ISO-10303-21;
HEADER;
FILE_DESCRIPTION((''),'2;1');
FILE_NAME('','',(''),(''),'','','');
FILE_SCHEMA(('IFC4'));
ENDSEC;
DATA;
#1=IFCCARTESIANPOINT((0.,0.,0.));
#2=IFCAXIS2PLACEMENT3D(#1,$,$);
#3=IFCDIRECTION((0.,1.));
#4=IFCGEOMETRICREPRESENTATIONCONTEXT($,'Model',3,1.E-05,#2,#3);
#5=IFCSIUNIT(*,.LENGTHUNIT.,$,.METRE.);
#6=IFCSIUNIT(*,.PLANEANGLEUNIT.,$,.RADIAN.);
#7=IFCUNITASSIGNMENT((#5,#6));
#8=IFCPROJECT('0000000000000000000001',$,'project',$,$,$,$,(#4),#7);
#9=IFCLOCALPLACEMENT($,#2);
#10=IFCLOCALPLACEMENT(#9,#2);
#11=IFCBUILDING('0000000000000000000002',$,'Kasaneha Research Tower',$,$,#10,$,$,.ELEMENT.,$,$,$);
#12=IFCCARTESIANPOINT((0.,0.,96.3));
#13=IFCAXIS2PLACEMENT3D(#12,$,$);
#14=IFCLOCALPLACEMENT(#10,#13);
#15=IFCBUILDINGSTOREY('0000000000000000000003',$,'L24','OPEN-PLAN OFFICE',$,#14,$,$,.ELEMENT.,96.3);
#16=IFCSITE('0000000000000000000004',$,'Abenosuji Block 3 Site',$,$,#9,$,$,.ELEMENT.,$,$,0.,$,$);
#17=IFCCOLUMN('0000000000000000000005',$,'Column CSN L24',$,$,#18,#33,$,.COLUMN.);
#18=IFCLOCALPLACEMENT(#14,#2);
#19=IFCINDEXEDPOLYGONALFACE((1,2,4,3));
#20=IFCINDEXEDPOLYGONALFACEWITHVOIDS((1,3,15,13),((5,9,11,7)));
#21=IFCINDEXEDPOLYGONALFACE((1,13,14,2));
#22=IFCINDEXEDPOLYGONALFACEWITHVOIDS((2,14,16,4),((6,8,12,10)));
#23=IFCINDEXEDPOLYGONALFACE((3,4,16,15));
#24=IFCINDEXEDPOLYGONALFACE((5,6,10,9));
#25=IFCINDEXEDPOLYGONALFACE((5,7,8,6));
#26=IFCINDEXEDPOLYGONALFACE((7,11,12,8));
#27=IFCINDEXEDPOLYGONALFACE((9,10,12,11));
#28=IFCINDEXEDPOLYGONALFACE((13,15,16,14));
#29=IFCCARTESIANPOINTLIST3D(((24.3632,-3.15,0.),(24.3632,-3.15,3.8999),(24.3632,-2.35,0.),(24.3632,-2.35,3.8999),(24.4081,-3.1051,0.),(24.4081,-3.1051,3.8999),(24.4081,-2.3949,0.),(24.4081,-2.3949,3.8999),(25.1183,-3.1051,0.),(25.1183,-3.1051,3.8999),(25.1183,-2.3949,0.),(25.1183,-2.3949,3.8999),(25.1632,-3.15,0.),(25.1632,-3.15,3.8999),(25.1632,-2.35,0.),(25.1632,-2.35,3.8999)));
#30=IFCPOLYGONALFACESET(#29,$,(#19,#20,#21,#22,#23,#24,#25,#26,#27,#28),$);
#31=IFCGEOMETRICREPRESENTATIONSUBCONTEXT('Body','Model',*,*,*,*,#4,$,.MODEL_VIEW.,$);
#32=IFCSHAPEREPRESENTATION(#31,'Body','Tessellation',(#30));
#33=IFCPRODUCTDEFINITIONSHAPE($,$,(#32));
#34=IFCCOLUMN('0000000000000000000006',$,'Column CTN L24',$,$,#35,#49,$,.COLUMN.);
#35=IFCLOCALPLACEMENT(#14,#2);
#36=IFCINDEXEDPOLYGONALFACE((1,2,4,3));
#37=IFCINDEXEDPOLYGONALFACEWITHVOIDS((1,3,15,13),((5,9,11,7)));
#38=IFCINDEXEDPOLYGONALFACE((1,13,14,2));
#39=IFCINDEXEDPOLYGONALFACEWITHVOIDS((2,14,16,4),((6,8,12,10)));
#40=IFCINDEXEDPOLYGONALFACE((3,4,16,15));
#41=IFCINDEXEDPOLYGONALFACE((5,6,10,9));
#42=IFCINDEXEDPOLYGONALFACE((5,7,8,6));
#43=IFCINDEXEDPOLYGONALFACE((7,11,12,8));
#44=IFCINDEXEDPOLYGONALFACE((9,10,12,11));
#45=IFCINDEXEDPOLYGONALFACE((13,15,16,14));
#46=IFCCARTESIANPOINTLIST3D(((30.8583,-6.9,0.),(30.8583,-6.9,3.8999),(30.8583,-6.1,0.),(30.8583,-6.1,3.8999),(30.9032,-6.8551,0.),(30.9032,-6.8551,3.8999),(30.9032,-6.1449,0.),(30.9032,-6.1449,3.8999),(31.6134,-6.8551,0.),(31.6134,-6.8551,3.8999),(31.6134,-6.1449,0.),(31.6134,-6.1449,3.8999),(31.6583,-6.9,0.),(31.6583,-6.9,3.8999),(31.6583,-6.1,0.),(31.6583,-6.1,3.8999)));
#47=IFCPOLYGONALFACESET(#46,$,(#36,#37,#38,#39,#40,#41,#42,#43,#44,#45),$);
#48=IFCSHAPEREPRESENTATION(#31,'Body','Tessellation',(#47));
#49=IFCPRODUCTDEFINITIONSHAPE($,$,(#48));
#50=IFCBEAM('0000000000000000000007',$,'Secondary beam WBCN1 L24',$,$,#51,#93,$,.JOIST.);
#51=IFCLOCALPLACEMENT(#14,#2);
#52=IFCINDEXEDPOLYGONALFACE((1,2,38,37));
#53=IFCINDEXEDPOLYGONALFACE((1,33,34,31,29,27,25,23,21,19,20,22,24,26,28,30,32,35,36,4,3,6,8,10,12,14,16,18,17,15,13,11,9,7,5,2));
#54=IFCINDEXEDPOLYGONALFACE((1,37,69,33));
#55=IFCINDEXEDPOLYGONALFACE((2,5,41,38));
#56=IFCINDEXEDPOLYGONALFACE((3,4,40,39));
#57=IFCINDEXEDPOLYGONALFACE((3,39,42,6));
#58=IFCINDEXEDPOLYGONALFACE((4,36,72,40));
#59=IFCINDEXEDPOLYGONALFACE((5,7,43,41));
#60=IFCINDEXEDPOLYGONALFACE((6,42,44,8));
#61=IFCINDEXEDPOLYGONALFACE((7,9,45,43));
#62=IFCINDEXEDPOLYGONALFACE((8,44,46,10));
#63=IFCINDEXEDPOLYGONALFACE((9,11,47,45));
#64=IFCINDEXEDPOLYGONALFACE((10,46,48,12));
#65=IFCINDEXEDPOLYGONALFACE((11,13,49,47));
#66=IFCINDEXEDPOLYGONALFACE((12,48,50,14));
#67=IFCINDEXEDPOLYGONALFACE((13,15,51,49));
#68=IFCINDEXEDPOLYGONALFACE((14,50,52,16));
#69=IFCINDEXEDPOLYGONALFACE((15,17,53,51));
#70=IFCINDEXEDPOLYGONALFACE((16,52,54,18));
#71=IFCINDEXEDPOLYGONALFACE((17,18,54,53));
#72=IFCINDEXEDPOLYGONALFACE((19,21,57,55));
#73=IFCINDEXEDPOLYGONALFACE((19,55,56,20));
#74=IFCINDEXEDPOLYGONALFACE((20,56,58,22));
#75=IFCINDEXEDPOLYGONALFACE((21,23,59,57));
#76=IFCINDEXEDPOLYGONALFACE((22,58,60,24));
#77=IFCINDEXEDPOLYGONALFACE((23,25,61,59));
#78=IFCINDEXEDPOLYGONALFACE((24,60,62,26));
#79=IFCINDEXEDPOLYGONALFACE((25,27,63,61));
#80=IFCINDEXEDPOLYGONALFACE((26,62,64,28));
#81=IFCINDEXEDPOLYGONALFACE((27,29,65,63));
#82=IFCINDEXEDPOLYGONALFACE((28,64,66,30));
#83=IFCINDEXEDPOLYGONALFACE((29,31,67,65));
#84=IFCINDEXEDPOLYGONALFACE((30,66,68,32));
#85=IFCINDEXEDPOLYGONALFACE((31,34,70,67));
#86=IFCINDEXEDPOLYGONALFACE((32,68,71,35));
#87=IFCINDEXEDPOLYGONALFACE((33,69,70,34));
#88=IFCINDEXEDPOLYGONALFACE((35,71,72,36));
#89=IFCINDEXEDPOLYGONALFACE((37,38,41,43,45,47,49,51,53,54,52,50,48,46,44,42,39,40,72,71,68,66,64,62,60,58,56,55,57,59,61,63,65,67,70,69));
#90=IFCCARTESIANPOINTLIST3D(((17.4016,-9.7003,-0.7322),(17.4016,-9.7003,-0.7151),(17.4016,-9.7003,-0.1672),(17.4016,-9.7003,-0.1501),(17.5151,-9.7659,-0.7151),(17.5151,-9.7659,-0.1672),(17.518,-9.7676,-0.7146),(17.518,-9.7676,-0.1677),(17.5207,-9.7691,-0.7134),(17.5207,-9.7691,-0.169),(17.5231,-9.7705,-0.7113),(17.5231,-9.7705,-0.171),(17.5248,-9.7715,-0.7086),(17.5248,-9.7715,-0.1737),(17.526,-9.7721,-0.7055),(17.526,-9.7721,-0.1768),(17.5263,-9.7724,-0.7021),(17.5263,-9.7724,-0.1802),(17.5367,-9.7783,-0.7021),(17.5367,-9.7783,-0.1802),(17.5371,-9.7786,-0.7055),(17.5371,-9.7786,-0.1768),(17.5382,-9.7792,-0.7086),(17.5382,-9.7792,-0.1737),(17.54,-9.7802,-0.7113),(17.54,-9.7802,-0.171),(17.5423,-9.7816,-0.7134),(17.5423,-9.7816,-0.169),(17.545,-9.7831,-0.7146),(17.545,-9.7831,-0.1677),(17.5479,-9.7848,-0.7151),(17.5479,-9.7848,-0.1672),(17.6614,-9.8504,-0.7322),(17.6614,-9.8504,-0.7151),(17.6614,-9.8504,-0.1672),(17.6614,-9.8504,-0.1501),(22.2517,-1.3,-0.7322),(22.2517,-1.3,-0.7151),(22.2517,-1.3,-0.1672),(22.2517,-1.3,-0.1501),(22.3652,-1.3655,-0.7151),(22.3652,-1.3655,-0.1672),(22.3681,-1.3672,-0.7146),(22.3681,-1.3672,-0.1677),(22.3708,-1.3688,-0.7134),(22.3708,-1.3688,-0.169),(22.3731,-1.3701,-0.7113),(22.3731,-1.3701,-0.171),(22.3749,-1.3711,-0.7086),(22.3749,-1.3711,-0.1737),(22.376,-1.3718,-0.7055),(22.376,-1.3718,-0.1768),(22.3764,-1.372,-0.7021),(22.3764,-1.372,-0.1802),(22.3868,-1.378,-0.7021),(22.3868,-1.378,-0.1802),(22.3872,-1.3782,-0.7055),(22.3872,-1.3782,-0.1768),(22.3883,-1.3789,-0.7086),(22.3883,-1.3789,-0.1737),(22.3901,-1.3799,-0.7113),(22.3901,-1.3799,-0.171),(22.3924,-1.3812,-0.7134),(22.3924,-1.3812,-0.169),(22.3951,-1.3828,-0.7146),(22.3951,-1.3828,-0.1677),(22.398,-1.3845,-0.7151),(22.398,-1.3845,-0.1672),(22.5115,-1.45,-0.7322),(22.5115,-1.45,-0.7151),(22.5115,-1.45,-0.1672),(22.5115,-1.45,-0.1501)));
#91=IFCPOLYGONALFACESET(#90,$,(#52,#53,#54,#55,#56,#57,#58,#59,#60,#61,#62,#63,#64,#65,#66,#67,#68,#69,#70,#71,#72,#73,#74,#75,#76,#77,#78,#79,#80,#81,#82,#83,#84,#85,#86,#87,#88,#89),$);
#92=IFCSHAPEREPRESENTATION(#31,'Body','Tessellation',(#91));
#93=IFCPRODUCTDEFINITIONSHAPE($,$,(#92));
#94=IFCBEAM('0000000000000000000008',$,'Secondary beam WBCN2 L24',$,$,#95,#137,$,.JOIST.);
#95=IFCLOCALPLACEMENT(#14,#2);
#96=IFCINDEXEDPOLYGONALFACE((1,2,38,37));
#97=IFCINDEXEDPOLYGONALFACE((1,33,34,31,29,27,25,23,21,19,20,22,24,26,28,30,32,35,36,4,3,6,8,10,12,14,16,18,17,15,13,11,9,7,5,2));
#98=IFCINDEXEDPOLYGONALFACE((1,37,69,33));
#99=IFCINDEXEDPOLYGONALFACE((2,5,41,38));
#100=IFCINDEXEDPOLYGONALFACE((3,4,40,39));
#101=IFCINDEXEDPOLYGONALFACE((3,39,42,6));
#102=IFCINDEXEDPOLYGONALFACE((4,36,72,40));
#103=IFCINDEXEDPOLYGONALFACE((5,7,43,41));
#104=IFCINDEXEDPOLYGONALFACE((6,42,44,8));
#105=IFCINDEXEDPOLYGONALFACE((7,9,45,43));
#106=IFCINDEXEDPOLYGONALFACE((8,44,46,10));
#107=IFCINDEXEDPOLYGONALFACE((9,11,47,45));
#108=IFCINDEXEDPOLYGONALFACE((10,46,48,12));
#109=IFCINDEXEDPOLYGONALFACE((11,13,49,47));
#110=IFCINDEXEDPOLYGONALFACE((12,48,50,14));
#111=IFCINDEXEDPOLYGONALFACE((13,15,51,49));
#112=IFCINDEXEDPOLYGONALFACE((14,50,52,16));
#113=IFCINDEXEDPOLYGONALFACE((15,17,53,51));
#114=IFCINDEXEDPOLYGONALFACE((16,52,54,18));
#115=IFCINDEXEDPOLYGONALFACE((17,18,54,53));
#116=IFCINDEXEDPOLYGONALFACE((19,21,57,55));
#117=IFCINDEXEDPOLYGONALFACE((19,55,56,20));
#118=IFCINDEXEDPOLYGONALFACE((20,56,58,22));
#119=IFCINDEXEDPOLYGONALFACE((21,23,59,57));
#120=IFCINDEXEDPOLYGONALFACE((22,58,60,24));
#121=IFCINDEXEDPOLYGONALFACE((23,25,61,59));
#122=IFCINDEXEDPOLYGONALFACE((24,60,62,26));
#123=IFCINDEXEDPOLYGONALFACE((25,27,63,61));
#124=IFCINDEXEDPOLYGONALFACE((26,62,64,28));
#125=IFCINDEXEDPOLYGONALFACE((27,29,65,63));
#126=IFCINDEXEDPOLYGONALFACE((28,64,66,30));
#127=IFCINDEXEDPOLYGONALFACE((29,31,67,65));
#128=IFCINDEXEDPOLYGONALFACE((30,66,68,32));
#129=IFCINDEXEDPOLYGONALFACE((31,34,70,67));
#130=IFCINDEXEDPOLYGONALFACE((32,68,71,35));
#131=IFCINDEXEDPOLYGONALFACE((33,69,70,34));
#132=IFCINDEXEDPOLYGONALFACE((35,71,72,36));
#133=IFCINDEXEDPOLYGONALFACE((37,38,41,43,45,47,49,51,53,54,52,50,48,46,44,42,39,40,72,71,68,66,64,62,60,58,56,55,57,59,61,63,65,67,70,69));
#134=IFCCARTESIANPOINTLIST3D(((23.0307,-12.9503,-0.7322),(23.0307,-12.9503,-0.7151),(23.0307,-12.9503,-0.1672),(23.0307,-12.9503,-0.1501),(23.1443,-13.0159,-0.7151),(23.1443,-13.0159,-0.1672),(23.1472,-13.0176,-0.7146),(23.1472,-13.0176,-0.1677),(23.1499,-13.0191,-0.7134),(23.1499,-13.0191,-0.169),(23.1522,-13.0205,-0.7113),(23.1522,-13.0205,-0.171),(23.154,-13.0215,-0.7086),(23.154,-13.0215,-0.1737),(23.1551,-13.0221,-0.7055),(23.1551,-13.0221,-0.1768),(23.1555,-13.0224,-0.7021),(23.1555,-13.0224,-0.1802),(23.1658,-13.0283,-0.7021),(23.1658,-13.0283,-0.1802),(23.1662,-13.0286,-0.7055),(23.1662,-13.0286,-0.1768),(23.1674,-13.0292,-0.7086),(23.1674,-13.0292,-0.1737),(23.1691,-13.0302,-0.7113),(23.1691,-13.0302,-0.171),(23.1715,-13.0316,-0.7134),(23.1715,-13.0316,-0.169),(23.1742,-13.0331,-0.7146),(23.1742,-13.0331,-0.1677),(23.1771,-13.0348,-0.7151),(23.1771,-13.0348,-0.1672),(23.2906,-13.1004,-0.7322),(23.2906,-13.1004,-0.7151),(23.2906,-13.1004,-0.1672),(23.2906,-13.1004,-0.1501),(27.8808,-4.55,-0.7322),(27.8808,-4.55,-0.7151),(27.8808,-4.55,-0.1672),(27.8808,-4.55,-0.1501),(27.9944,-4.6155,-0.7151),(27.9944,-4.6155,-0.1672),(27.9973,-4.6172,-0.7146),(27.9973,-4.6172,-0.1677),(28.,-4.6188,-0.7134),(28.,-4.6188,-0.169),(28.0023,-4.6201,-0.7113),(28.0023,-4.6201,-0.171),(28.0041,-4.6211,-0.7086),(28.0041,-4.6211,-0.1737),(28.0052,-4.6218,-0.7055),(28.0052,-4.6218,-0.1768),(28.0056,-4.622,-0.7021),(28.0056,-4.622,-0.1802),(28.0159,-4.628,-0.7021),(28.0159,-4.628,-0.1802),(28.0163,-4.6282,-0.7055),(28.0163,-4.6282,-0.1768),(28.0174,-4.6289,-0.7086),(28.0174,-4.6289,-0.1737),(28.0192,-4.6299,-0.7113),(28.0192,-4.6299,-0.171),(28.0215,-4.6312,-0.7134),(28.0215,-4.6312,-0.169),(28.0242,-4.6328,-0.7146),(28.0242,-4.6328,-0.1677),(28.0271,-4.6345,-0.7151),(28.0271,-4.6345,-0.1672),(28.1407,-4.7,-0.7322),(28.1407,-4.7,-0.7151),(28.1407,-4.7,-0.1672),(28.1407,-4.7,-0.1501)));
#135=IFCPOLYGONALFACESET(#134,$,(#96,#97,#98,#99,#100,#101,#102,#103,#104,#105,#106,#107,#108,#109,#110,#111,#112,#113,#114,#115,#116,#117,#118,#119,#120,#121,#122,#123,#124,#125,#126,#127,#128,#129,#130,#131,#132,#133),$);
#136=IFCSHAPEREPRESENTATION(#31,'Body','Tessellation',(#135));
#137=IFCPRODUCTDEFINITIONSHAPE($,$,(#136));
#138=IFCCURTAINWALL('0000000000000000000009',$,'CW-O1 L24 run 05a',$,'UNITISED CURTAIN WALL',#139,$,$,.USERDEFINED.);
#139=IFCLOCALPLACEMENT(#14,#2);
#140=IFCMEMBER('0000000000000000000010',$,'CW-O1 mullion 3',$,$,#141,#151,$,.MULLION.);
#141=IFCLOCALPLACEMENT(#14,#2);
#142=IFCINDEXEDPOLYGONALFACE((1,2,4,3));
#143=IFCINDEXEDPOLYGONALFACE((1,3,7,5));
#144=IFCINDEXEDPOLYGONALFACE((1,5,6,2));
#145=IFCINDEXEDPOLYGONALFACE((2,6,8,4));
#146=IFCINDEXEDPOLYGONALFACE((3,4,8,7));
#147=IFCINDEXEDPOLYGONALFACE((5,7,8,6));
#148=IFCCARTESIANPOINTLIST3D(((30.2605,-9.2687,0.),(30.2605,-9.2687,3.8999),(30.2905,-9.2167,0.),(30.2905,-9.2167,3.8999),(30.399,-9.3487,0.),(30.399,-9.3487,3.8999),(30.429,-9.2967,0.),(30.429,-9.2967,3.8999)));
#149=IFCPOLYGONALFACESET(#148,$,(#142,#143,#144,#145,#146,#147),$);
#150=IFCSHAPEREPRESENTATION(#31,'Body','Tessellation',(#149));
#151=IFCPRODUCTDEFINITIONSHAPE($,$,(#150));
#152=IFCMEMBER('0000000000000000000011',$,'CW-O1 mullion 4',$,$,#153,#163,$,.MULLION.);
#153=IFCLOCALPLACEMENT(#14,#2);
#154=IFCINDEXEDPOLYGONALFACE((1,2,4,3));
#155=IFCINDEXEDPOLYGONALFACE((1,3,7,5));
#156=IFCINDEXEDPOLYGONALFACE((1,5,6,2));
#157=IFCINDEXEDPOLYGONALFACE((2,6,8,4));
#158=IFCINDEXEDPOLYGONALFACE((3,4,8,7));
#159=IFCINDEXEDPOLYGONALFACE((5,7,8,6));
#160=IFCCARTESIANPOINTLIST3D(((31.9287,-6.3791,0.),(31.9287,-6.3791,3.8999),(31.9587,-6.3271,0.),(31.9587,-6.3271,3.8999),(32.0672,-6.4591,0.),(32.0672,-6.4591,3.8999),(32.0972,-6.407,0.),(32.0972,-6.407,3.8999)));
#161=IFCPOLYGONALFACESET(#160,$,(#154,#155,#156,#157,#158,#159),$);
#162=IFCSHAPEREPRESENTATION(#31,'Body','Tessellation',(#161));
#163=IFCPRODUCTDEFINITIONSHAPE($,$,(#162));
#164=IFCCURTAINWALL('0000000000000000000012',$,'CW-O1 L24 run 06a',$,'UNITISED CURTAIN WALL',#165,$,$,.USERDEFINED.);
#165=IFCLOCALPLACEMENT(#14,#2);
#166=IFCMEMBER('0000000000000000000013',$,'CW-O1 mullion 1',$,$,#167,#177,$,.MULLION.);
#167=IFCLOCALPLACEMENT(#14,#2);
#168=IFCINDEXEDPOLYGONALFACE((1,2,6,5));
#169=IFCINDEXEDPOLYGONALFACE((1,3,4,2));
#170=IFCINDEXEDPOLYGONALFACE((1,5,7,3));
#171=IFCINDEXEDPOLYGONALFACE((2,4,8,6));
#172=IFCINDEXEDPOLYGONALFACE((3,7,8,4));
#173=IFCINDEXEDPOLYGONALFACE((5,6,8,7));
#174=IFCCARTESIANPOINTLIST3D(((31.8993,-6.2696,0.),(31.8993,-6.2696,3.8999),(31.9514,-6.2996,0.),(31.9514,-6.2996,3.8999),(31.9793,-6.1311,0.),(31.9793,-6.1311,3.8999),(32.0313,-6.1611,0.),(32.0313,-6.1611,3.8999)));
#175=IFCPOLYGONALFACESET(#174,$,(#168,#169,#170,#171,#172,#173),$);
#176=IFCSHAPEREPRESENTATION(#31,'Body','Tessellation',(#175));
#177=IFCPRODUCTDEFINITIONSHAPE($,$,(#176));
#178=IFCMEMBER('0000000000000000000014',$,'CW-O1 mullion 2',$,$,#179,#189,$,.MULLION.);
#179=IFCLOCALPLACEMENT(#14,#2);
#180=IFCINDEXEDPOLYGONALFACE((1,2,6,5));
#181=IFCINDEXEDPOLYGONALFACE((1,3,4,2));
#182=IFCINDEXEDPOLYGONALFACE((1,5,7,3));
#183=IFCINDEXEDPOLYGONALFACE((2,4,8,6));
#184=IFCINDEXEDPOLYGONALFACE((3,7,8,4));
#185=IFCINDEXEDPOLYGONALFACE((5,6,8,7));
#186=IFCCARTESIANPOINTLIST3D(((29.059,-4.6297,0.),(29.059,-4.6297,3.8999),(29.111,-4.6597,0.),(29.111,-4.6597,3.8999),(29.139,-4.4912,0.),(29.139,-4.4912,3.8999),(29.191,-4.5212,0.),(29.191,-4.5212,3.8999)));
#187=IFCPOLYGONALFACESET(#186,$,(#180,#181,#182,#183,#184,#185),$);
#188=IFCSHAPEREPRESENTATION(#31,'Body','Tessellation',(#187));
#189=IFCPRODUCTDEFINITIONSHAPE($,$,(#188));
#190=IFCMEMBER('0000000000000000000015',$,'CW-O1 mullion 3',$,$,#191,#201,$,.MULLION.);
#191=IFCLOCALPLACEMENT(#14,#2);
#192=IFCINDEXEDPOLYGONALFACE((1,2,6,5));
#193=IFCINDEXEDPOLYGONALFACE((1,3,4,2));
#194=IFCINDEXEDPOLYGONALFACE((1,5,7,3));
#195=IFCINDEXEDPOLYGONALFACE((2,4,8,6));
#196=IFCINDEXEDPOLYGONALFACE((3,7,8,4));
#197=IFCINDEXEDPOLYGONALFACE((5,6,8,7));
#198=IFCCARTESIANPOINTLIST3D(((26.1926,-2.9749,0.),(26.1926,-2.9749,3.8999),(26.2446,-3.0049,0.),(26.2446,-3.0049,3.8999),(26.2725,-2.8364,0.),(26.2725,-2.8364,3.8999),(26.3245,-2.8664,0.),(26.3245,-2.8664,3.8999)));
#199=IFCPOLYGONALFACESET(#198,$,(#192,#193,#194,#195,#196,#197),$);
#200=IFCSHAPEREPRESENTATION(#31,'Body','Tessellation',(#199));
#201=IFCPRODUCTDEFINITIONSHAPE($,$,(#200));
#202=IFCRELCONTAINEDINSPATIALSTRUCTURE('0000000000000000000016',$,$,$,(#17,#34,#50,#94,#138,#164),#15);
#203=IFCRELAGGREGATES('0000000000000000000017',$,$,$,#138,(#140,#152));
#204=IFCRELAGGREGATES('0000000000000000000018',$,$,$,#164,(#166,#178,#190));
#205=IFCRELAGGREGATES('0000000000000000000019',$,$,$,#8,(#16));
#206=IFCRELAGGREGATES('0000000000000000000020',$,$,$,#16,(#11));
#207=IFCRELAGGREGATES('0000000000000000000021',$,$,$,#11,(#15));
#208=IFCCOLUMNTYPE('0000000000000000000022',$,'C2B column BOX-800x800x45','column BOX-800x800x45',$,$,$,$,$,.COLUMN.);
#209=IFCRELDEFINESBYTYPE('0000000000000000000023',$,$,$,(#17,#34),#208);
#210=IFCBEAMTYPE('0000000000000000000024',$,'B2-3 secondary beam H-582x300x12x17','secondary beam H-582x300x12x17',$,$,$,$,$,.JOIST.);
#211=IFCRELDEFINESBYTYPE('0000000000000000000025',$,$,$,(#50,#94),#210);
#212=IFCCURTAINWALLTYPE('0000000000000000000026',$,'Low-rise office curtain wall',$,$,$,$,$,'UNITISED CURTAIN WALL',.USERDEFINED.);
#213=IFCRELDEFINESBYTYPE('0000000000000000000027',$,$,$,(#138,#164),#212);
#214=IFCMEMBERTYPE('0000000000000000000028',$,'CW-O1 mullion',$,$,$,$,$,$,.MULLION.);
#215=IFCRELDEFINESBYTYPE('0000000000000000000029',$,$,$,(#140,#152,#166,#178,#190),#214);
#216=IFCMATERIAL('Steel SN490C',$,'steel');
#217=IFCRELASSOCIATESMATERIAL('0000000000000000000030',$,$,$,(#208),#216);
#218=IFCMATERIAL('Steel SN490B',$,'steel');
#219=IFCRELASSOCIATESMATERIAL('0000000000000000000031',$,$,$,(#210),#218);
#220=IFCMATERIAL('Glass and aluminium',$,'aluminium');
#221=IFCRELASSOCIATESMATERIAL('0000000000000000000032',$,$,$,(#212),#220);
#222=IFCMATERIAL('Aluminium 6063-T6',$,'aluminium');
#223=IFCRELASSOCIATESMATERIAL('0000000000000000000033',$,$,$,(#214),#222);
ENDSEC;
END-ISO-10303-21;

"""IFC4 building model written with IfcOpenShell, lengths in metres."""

from ifc_helpers import new_model, si_unit, direction, frame, origin, origin_2d, place, context, subcontext, project, spatial, rectangle, hollow_rectangle, i_section, extrude, material, material_profile, profile_set, type_object, element, aggregate, save


model = new_model("IFC4")

# Units and contexts
model_context = context("Model", 3, precision=1e-05, world=origin(), true_north=direction((0.0, 1.0)))
body_context = subcontext(model_context, "Body", "Model", "MODEL_VIEW")
ifc_project = project(units=[si_unit("LENGTHUNIT", "METRE"), si_unit("PLANEANGLEUNIT", "RADIAN")], contexts=[model_context])

# Site, building, storey
site_placement = place(None, origin())
site = spatial("IfcSite", under=ifc_project, at=site_placement, Name="Abenosuji Block 3 Site", CompositionType="ELEMENT", RefElevation=0.0)
building_placement = place(site_placement, origin())
building = spatial("IfcBuilding", under=site, at=building_placement, Name="Kasaneha Research Tower", CompositionType="ELEMENT")
storey_placement = place(building_placement, frame((0.0, 0.0, 96.3)))
storey = spatial("IfcBuildingStorey", under=building, at=storey_placement, Name="L24", Description="OPEN-PLAN OFFICE", CompositionType="ELEMENT", Elevation=96.3)

# Columns
ifc_material_1 = material(Name="Steel SN490C", Category="steel")
ifc_material_profile_1 = material_profile(ifc_material_1, hollow_rectangle(XDim=0.8, YDim=0.8, WallThickness=0.0449, at=origin_2d()), Name="BOX-800x800x45")
ifc_profile_set_1 = profile_set([ifc_material_profile_1], Name="Steel SN490C")
column_type = type_object("IfcColumnType", Name="C2B column BOX-800x800x45", Description="column BOX-800x800x45", PredefinedType="COLUMN", material=ifc_profile_set_1)
for number, where, z_axis, x_axis, name in (
    (1, (24.7632, -2.75, 0.0), (0.0, 0.0, 1.0), (1.0, 0.0, 0.0), "Column CSN L24"),
    (2, (31.2583, -6.5, 0.0), (0.0, 0.0, 1.0), (1.0, 0.0, 0.0), "Column CTN L24"),
):
    element("IfcColumn", number, at=place(storey_placement, frame(where, z_axis=z_axis, x_axis=x_axis)), inside=storey, type_object=column_type, Name=name, PredefinedType="COLUMN", context=body_context, shape_type="SweptSolid", body=[
        extrude(hollow_rectangle(XDim=0.8, YDim=0.8, WallThickness=0.0449, at=origin_2d()), origin(), (0.0, 0.0, 1.0), 3.8999),
    ])

# Beams
ifc_material_2 = material(Name="Steel SN490B", Category="steel")
ifc_material_profile_2 = material_profile(ifc_material_2, i_section(OverallWidth=0.3, OverallDepth=0.582, WebThickness=0.012, FlangeThickness=0.0171, FilletRadius=0.0129, at=origin_2d()), Name="H-582x300x12x17")
ifc_profile_set_2 = profile_set([ifc_material_profile_2], Name="Steel SN490B")
beam_type_1 = type_object("IfcBeamType", Name="B2-3 secondary beam H-582x300x12x17", Description="secondary beam H-582x300x12x17", PredefinedType="JOIST", material=ifc_profile_set_2)
for number, where, z_axis, x_axis, name in (
    (3, (22.3816, -1.375, -0.4412), (-0.50001, -0.86602, 0.0), (0.86602, -0.50001, 0.0), "Secondary beam WBCN1 L24"),
    (4, (28.0107, -4.625, -0.4412), (-0.50001, -0.86602, 0.0), (0.86602, -0.50001, 0.0), "Secondary beam WBCN2 L24"),
):
    element("IfcBeam", number, at=place(storey_placement, frame(where, z_axis=z_axis, x_axis=x_axis)), inside=storey, type_object=beam_type_1, Name=name, PredefinedType="JOIST", context=body_context, shape_type="SweptSolid", body=[
        extrude(i_section(OverallWidth=0.3, OverallDepth=0.582, WebThickness=0.012, FlangeThickness=0.0171, FilletRadius=0.0129, at=origin_2d()), origin(), (0.0, 0.0, 1.0), 9.7),
    ])

# Curtain walls, members
ifc_material_3 = material(Name="Glass and aluminium", Category="aluminium")
curtain_wall_type = type_object("IfcCurtainWallType", Name="Low-rise office curtain wall", ElementType="UNITISED CURTAIN WALL", PredefinedType="USERDEFINED", material=ifc_material_3)
curtain_wall_1_placement = place(storey_placement, origin())
curtain_wall_1 = element("IfcCurtainWall", 5, at=curtain_wall_1_placement, inside=storey, type_object=curtain_wall_type, Name="CW-O1 L24 run 05a", ObjectType="UNITISED CURTAIN WALL", PredefinedType="USERDEFINED")
ifc_material_4 = material(Name="Aluminium 6063-T6", Category="aluminium")
ifc_material_profile_3 = material_profile(ifc_material_4, rectangle(XDim=0.0601, YDim=0.1599, at=origin_2d()), Name="CW-O1 mullion 60x160")
ifc_profile_set_3 = profile_set([ifc_material_profile_3], Name="Aluminium 6063-T6")
member_type_1 = type_object("IfcMemberType", Name="CW-O1 mullion", PredefinedType="MULLION", material=ifc_profile_set_3)
member_1_placement = place(storey_placement, frame((30.3447, -9.2827, 0.0), z_axis=(0.0, 0.0, 1.0), x_axis=(0.5, 0.866025, 0.0)))
member_1 = element("IfcMember", 6, at=member_1_placement, type_object=member_type_1, Name="CW-O1 mullion 3", PredefinedType="MULLION", context=body_context, shape_type="SweptSolid", body=[
    extrude(rectangle(XDim=0.0601, YDim=0.1599, at=origin_2d()), origin(), (0.0, 0.0, 1.0), 3.8999),
])
member_2_placement = place(storey_placement, frame((32.0129, -6.3931, 0.0), z_axis=(0.0, 0.0, 1.0), x_axis=(0.5, 0.866025, 0.0)))
member_2 = element("IfcMember", 7, at=member_2_placement, type_object=member_type_1, Name="CW-O1 mullion 4", PredefinedType="MULLION", context=body_context, shape_type="SweptSolid", body=[
    extrude(rectangle(XDim=0.0601, YDim=0.1599, at=origin_2d()), origin(), (0.0, 0.0, 1.0), 3.8999),
])
curtain_wall_2_placement = place(storey_placement, origin())
curtain_wall_2 = element("IfcCurtainWall", 8, at=curtain_wall_2_placement, inside=storey, type_object=curtain_wall_type, Name="CW-O1 L24 run 06a", ObjectType="UNITISED CURTAIN WALL", PredefinedType="USERDEFINED")
member_3_placement = place(storey_placement, frame((31.9653, -6.2153, 0.0), z_axis=(0.0, 0.0, 1.0), x_axis=(-0.866025, 0.5, 0.0)))
member_3 = element("IfcMember", 9, at=member_3_placement, type_object=member_type_1, Name="CW-O1 mullion 1", PredefinedType="MULLION", context=body_context, shape_type="SweptSolid", body=[
    extrude(rectangle(XDim=0.0601, YDim=0.1599, at=origin_2d()), origin(), (0.0, 0.0, 1.0), 3.8999),
])
member_4_placement = place(storey_placement, frame((29.125, -4.5754, 0.0), z_axis=(0.0, 0.0, 1.0), x_axis=(-0.866025, 0.5, 0.0)))
member_4 = element("IfcMember", 10, at=member_4_placement, type_object=member_type_1, Name="CW-O1 mullion 2", PredefinedType="MULLION", context=body_context, shape_type="SweptSolid", body=[
    extrude(rectangle(XDim=0.0601, YDim=0.1599, at=origin_2d()), origin(), (0.0, 0.0, 1.0), 3.8999),
])
member_5_placement = place(storey_placement, frame((26.2585, -2.9207, 0.0), z_axis=(0.0, 0.0, 1.0), x_axis=(-0.866025, 0.5, 0.0)))
member_5 = element("IfcMember", 11, at=member_5_placement, type_object=member_type_1, Name="CW-O1 mullion 3", PredefinedType="MULLION", context=body_context, shape_type="SweptSolid", body=[
    extrude(rectangle(XDim=0.0601, YDim=0.1599, at=origin_2d()), origin(), (0.0, 0.0, 1.0), 3.8999),
])

aggregate(curtain_wall_1, [member_1, member_2])
aggregate(curtain_wall_2, [member_3, member_4, member_5])

save(model, "model.ifc")
